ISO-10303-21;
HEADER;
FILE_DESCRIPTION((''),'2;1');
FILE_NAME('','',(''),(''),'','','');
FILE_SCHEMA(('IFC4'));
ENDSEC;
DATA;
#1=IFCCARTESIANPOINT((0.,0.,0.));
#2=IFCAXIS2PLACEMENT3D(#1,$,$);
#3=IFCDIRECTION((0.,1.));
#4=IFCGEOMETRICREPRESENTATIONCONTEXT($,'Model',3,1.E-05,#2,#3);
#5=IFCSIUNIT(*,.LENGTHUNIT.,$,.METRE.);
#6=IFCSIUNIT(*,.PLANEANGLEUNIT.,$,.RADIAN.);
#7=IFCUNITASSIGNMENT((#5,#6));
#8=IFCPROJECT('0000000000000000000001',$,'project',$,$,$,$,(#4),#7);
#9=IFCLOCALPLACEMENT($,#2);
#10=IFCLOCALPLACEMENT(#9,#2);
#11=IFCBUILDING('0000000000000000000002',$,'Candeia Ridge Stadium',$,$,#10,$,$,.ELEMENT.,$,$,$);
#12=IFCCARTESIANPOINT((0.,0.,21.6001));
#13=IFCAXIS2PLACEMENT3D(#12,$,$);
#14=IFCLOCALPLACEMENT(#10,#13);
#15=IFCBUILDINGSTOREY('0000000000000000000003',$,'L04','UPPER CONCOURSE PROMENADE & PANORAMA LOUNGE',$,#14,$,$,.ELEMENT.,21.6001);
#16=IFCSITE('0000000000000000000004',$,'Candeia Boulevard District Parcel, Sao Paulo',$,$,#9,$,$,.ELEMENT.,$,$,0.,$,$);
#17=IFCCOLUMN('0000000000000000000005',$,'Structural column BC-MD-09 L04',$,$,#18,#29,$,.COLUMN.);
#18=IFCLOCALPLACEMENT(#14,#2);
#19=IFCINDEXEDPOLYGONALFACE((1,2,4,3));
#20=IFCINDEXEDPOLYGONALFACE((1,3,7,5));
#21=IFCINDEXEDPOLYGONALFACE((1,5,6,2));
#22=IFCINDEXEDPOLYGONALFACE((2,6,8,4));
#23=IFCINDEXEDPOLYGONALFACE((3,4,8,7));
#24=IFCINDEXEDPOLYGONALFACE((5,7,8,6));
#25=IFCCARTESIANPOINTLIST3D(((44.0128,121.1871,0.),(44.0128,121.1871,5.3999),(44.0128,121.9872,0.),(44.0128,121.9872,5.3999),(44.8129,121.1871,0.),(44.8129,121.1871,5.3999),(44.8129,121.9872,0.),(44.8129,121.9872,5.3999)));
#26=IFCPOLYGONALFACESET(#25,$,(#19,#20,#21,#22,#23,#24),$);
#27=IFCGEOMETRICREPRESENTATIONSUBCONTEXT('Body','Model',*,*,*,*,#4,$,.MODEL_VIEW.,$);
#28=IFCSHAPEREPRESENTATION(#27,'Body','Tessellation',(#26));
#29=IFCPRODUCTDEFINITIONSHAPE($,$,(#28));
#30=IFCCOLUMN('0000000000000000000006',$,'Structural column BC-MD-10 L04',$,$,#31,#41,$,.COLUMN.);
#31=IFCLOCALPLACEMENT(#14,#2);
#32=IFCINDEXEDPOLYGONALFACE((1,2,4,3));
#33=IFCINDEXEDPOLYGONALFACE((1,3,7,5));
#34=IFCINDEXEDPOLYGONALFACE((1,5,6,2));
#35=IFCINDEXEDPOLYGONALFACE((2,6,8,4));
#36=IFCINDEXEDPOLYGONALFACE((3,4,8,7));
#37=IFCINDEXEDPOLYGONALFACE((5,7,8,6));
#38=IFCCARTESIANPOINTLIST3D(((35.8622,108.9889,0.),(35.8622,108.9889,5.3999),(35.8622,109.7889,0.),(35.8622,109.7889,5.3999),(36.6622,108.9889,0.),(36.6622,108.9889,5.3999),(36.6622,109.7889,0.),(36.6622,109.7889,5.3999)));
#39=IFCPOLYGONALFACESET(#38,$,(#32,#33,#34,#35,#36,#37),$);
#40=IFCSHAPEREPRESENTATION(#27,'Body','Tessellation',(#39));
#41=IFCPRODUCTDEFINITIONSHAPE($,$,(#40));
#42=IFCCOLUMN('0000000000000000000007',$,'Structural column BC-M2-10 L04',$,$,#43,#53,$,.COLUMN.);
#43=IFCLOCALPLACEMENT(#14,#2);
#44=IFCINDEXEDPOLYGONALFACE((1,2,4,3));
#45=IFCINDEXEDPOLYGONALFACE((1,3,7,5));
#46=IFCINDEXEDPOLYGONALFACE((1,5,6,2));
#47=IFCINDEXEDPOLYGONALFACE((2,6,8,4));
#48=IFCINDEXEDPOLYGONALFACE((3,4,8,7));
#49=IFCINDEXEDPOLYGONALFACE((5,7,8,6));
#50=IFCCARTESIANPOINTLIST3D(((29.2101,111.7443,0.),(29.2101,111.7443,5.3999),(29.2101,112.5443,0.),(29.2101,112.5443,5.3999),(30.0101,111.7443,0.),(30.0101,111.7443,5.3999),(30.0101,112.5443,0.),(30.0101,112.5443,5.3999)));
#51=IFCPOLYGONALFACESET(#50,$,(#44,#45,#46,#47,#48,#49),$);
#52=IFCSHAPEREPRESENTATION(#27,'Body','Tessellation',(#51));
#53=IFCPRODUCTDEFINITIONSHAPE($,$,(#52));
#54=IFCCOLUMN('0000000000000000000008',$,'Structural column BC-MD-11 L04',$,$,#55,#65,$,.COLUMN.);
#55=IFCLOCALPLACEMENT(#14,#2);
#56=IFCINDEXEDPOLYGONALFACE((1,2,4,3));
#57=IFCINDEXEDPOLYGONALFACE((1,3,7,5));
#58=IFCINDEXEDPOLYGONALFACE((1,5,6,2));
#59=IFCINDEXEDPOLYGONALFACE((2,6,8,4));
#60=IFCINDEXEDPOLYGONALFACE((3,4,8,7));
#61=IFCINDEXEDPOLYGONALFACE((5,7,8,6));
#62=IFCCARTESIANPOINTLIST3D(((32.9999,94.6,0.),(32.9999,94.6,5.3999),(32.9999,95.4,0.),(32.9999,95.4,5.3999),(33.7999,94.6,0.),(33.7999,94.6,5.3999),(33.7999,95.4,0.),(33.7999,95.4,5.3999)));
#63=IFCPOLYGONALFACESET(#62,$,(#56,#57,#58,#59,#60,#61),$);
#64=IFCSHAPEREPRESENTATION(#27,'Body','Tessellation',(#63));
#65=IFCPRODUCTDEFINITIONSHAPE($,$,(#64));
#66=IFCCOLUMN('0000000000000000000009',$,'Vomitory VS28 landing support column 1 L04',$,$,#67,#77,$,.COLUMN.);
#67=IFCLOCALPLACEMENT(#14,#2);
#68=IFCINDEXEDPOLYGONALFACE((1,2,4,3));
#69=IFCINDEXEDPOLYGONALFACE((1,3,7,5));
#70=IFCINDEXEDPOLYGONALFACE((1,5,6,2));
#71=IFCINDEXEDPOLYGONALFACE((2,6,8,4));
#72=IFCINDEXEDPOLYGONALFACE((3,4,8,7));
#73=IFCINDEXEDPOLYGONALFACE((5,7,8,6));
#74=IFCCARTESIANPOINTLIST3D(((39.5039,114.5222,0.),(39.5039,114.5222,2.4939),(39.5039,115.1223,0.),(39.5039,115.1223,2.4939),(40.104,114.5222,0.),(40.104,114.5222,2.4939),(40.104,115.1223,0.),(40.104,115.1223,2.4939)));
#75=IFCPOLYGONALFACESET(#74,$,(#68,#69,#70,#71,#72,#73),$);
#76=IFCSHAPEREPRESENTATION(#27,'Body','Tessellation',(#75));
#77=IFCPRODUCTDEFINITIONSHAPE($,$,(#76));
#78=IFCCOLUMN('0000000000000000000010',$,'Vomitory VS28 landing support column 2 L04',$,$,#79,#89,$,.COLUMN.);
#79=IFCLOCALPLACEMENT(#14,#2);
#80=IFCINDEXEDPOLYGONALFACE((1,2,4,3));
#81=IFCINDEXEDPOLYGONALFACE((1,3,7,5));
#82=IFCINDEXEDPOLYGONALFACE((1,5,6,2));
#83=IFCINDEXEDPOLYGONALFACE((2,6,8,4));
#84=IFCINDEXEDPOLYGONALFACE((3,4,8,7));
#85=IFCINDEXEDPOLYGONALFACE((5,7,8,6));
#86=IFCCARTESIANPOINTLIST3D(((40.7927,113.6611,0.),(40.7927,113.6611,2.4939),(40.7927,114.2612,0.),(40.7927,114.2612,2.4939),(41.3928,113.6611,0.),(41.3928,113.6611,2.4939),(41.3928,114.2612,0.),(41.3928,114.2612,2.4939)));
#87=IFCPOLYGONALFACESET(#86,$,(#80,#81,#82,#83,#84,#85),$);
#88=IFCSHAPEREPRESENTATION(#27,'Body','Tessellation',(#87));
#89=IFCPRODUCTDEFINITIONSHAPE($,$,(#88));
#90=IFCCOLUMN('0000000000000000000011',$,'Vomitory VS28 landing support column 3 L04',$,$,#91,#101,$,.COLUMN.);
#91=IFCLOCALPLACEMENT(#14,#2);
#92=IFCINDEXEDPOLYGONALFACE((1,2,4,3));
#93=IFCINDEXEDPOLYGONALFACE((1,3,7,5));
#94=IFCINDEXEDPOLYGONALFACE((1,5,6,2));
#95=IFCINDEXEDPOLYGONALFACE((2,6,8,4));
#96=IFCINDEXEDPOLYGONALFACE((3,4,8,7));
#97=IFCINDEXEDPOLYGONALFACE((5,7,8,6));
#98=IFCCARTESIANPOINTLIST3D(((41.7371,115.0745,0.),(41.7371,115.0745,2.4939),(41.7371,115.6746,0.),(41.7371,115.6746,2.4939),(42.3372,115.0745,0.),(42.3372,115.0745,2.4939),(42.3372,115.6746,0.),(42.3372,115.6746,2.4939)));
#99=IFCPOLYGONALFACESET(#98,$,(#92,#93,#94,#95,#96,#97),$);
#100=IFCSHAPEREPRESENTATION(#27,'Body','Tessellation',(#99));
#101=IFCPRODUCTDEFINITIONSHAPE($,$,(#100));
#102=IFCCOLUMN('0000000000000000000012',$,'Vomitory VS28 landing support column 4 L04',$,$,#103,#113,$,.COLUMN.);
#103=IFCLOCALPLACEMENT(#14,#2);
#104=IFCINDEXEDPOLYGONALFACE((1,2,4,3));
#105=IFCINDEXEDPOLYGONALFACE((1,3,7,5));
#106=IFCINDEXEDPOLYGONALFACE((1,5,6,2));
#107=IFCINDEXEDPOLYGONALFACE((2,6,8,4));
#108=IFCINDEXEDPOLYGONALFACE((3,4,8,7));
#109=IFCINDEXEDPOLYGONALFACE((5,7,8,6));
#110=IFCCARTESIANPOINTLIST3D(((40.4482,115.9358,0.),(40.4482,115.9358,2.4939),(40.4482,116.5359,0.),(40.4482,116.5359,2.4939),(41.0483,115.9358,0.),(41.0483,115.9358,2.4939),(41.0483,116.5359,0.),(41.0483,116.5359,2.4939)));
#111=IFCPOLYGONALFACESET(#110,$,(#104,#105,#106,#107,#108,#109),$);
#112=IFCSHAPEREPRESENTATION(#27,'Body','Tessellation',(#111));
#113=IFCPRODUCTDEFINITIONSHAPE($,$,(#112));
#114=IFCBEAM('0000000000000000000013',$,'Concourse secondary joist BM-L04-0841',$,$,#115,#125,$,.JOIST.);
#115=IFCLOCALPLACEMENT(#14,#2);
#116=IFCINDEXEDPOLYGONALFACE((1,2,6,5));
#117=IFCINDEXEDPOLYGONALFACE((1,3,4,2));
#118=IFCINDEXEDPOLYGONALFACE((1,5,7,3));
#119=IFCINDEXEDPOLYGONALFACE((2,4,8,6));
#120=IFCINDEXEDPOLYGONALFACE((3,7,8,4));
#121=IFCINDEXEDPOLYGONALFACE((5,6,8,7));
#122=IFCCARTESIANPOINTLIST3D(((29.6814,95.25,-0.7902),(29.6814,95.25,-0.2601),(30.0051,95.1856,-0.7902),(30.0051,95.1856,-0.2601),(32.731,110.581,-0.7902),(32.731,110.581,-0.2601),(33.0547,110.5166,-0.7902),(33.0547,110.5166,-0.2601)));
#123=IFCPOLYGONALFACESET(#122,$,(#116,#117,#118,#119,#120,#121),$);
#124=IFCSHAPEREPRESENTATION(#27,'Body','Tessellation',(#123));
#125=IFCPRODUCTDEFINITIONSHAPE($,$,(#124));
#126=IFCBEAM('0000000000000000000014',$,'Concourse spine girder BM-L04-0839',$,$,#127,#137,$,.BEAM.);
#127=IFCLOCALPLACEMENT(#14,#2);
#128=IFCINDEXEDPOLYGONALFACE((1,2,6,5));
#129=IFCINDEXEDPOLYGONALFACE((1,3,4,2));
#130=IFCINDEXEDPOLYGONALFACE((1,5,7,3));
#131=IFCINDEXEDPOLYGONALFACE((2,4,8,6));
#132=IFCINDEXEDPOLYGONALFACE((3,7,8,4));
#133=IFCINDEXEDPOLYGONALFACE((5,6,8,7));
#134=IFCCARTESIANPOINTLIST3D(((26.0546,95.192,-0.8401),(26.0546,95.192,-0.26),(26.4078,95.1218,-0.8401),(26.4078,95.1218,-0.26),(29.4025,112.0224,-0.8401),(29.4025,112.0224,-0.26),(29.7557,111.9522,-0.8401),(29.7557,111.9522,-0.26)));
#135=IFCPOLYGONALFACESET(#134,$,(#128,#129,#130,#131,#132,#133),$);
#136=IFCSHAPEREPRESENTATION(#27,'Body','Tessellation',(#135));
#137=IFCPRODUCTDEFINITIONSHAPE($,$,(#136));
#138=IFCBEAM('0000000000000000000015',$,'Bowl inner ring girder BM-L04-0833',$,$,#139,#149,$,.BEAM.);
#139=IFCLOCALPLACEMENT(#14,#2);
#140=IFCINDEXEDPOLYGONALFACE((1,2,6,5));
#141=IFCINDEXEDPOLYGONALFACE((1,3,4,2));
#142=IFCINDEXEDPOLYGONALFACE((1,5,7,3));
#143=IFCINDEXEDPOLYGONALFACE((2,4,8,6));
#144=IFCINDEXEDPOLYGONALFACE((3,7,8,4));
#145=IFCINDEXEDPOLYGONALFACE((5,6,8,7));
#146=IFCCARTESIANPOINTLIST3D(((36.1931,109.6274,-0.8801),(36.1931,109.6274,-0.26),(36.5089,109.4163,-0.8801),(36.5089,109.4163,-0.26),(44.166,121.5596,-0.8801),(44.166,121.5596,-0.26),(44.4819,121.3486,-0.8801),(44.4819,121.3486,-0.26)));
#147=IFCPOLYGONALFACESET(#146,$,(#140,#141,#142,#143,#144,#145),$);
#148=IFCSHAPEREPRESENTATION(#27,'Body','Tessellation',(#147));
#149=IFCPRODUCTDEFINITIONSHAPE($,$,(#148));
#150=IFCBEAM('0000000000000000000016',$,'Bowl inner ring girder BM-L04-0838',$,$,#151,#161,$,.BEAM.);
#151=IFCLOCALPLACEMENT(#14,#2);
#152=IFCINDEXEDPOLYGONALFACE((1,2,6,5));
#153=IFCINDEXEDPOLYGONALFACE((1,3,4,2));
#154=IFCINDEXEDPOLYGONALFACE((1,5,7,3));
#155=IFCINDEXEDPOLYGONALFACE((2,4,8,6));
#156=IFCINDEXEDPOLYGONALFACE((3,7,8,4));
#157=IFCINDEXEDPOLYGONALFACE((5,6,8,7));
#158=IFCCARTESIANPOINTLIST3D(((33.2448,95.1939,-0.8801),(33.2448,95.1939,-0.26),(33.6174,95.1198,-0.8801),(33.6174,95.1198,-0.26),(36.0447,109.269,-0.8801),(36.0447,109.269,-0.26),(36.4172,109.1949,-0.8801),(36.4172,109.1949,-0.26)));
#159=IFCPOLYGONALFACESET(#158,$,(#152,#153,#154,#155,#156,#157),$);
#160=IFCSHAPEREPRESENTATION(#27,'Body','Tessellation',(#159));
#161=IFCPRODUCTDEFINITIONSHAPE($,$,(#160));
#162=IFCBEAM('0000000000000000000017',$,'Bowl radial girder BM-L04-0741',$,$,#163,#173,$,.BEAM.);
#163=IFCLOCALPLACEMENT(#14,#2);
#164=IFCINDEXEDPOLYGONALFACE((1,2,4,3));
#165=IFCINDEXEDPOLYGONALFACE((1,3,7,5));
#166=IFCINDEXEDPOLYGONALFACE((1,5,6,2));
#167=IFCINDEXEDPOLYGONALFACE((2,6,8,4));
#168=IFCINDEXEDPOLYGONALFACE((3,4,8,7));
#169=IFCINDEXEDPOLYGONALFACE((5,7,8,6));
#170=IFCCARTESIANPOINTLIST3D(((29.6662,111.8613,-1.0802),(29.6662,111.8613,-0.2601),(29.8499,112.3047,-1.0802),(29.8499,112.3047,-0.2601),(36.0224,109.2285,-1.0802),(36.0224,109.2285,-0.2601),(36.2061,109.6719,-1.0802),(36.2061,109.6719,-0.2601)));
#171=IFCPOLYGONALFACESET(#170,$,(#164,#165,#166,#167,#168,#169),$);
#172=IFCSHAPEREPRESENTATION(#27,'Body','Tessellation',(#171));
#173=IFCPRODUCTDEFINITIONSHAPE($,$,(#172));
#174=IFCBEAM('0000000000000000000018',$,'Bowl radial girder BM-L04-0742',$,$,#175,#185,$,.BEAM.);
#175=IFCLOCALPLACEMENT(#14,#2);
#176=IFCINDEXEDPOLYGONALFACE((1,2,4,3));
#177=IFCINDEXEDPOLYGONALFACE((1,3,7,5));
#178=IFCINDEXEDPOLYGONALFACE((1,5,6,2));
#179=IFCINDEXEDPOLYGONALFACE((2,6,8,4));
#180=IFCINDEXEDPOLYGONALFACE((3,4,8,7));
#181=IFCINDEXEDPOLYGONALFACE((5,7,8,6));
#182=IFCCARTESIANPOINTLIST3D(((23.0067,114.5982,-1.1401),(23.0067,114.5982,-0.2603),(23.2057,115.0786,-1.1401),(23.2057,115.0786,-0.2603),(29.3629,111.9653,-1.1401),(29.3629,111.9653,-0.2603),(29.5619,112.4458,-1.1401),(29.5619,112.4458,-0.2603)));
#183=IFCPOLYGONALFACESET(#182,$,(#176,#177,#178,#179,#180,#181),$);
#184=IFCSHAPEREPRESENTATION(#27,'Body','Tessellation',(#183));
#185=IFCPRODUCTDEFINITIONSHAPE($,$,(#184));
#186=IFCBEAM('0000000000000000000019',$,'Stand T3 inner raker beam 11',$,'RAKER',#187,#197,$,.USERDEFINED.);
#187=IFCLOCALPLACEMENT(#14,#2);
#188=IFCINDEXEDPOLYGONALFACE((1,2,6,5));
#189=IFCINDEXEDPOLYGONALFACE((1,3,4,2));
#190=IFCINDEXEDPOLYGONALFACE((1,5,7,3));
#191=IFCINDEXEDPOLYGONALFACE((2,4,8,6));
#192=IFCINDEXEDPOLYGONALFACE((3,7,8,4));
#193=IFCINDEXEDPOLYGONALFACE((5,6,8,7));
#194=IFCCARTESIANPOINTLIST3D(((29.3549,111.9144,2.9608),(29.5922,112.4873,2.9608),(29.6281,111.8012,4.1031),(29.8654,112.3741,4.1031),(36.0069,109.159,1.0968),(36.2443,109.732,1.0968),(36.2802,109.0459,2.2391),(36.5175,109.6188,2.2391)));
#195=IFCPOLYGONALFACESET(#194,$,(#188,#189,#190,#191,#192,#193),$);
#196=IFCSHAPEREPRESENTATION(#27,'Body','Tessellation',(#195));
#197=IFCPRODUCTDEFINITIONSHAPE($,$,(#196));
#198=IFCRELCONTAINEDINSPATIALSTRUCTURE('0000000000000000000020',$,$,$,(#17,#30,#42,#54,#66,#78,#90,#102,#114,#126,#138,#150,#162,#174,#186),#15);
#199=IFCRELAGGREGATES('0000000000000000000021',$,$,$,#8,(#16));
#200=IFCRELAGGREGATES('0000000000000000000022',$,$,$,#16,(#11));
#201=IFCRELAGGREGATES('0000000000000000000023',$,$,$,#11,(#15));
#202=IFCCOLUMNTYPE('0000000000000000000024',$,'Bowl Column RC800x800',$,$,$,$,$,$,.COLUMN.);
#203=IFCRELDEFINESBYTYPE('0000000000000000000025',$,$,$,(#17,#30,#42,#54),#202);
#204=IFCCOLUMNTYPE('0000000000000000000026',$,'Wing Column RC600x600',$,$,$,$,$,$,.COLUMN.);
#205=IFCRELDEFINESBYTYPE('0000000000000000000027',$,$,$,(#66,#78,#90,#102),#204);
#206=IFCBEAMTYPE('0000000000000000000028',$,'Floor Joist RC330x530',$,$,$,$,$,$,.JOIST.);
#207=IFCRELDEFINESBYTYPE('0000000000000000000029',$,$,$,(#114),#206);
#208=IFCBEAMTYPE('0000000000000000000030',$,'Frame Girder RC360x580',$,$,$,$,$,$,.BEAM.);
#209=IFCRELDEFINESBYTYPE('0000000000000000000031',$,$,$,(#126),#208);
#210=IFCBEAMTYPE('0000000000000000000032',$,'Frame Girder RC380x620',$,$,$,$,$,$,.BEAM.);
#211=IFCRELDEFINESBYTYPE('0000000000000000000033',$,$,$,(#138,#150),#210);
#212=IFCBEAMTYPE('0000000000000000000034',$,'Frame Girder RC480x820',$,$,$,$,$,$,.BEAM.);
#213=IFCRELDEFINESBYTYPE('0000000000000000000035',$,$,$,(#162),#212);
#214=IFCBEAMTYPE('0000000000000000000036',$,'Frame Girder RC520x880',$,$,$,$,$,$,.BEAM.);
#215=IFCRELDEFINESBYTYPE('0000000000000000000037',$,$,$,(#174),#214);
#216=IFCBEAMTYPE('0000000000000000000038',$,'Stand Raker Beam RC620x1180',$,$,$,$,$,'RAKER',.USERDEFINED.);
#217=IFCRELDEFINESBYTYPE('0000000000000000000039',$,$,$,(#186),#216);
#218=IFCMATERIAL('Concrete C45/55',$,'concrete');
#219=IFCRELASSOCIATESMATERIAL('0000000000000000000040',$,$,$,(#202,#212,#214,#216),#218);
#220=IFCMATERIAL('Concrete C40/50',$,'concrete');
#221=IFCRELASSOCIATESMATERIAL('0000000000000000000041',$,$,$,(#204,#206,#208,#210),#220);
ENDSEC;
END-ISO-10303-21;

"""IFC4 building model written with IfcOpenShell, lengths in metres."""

from ifc_helpers import new_model, si_unit, direction, frame, origin, origin_2d, place, context, subcontext, project, spatial, rectangle, extrude, material, material_profile, profile_set, type_object, element, save


model = new_model("IFC4")

# Units and contexts
model_context = context("Model", 3, precision=1e-05, world=origin(), true_north=direction((0.0, 1.0)))
body_context = subcontext(model_context, "Body", "Model", "MODEL_VIEW")
ifc_project = project(units=[si_unit("LENGTHUNIT", "METRE"), si_unit("PLANEANGLEUNIT", "RADIAN")], contexts=[model_context])

# Site, building, storey
site_placement = place(None, origin())
site = spatial("IfcSite", under=ifc_project, at=site_placement, Name="Candeia Boulevard District Parcel, Sao Paulo", CompositionType="ELEMENT", RefElevation=0.0)
building_placement = place(site_placement, origin())
building = spatial("IfcBuilding", under=site, at=building_placement, Name="Candeia Ridge Stadium", CompositionType="ELEMENT")
storey_placement = place(building_placement, frame((0.0, 0.0, 21.6001)))
storey = spatial("IfcBuildingStorey", under=building, at=storey_placement, Name="L04", Description="UPPER CONCOURSE PROMENADE & PANORAMA LOUNGE", CompositionType="ELEMENT", Elevation=21.6001)

# Columns
ifc_material_1 = material(Name="Concrete C45/55", Category="concrete")
ifc_material_profile_1 = material_profile(ifc_material_1, rectangle(XDim=0.8, YDim=0.8, at=origin_2d()), Name="RC800x800", Category="concrete")
ifc_profile_set_1 = profile_set([ifc_material_profile_1], Name="Concrete C45/55")
column_type_1 = type_object("IfcColumnType", Name="Bowl Column RC800x800", PredefinedType="COLUMN", material=ifc_profile_set_1)
for number, where, z_axis, x_axis, name in (
    (1, (44.4128, 121.5872, 0.0), (0.0, 0.0, 1.0), (1.0, 0.0, 0.0), "Structural column BC-MD-09 L04"),
    (2, (36.2622, 109.3889, 0.0), (0.0, 0.0, 1.0), (1.0, 0.0, 0.0), "Structural column BC-MD-10 L04"),
    (3, (29.6101, 112.1443, 0.0), (0.0, 0.0, 1.0), (1.0, 0.0, 0.0), "Structural column BC-M2-10 L04"),
    (4, (33.3999, 95.0, 0.0), (0.0, 0.0, 1.0), (1.0, 0.0, 0.0), "Structural column BC-MD-11 L04"),
):
    element("IfcColumn", number, at=place(storey_placement, frame(where, z_axis=z_axis, x_axis=x_axis)), inside=storey, type_object=column_type_1, Name=name, PredefinedType="COLUMN", context=body_context, shape_type="SweptSolid", body=[
        extrude(rectangle(XDim=0.8, YDim=0.8, at=origin_2d()), origin(), (0.0, 0.0, 1.0), 5.3999),
    ])
ifc_material_2 = material(Name="Concrete C40/50", Category="concrete")
ifc_material_profile_2 = material_profile(ifc_material_2, rectangle(XDim=0.6001, YDim=0.6001, at=origin_2d()), Name="RC600x600", Category="concrete")
ifc_profile_set_2 = profile_set([ifc_material_profile_2], Name="Concrete C40/50")
column_type_2 = type_object("IfcColumnType", Name="Wing Column RC600x600", PredefinedType="COLUMN", material=ifc_profile_set_2)
for number, where, z_axis, x_axis, name in (
    (5, (39.804, 114.8223, 0.0), (0.0, 0.0, 1.0), (1.0, 0.0, 0.0), "Vomitory VS28 landing support column 1 L04"),
    (6, (41.0928, 113.9612, 0.0), (0.0, 0.0, 1.0), (1.0, 0.0, 0.0), "Vomitory VS28 landing support column 2 L04"),
    (7, (42.0371, 115.3745, 0.0), (0.0, 0.0, 1.0), (1.0, 0.0, 0.0), "Vomitory VS28 landing support column 3 L04"),
    (8, (40.7483, 116.2358, 0.0), (0.0, 0.0, 1.0), (1.0, 0.0, 0.0), "Vomitory VS28 landing support column 4 L04"),
):
    element("IfcColumn", number, at=place(storey_placement, frame(where, z_axis=z_axis, x_axis=x_axis)), inside=storey, type_object=column_type_2, Name=name, PredefinedType="COLUMN", context=body_context, shape_type="SweptSolid", body=[
        extrude(rectangle(XDim=0.6001, YDim=0.6001, at=origin_2d()), origin(), (0.0, 0.0, 1.0), 2.4939),
    ])

# Beams
ifc_material_profile_3 = material_profile(ifc_material_2, rectangle(XDim=0.3301, YDim=0.53, at=origin_2d()), Name="RC330x530", Category="concrete")
ifc_profile_set_3 = profile_set([ifc_material_profile_3], Name="Concrete C40/50")
beam_type_1 = type_object("IfcBeamType", Name="Floor Joist RC330x530", PredefinedType="JOIST", material=ifc_profile_set_3)
beam_1_placement = place(storey_placement, frame((32.8928, 110.5488, -0.5251), z_axis=(-0.195092, -0.980785, 0.0), x_axis=(0.980785, -0.195092, 0.0)))
element("IfcBeam", 9, at=beam_1_placement, inside=storey, type_object=beam_type_1, Name="Concourse secondary joist BM-L04-0841", PredefinedType="JOIST", context=body_context, shape_type="SweptSolid", body=[
    extrude(rectangle(XDim=0.3301, YDim=0.53, at=origin_2d()), origin(), (0.0, 0.0, 1.0), 15.6313),
])
ifc_material_profile_4 = material_profile(ifc_material_2, rectangle(XDim=0.3601, YDim=0.5801, at=origin_2d()), Name="RC360x580", Category="concrete")
ifc_profile_set_4 = profile_set([ifc_material_profile_4], Name="Concrete C40/50")
beam_type_2 = type_object("IfcBeamType", Name="Frame Girder RC360x580", PredefinedType="BEAM", material=ifc_profile_set_4)
beam_2_placement = place(storey_placement, frame((29.5791, 111.9873, -0.55), z_axis=(-0.195098, -0.980784, 0.0), x_axis=(0.980784, -0.195098, 0.0)))
element("IfcBeam", 10, at=beam_2_placement, inside=storey, type_object=beam_type_2, Name="Concourse spine girder BM-L04-0839", PredefinedType="BEAM", context=body_context, shape_type="SweptSolid", body=[
    extrude(rectangle(XDim=0.3601, YDim=0.5801, at=origin_2d()), origin(), (0.0, 0.0, 1.0), 17.1602),
])
ifc_material_profile_5 = material_profile(ifc_material_2, rectangle(XDim=0.3799, YDim=0.6201, at=origin_2d()), Name="RC380x620", Category="concrete")
ifc_profile_set_5 = profile_set([ifc_material_profile_5], Name="Concrete C40/50")
beam_type_3 = type_object("IfcBeamType", Name="Frame Girder RC380x620", PredefinedType="BEAM", material=ifc_profile_set_5)
for number, where, z_axis, x_axis, name in (
    (11, (44.324, 121.4541, -0.5701), (-0.555575, -0.831466, 0.0), (0.831466, -0.555575, 0.0), "Bowl inner ring girder BM-L04-0833"),
    (12, (36.231, 109.2319, -0.5701), (-0.195099, -0.980784, 0.0), (0.980784, -0.195099, 0.0), "Bowl inner ring girder BM-L04-0838"),
):
    element("IfcBeam", number, at=place(storey_placement, frame(where, z_axis=z_axis, x_axis=x_axis)), inside=storey, type_object=beam_type_3, Name=name, PredefinedType="BEAM", context=body_context, shape_type="SweptSolid", body=[
        extrude(rectangle(XDim=0.3799, YDim=0.6201, at=origin_2d()), origin(), (0.0, 0.0, 1.0), 14.3508),
    ])
ifc_material_profile_6 = material_profile(ifc_material_1, rectangle(XDim=0.48, YDim=0.8201, at=origin_2d()), Name="RC480x820", Category="concrete")
ifc_profile_set_6 = profile_set([ifc_material_profile_6], Name="Concrete C45/55")
beam_type_4 = type_object("IfcBeamType", Name="Frame Girder RC480x820", PredefinedType="BEAM", material=ifc_profile_set_6)
beam_3_placement = place(storey_placement, frame((36.1143, 109.4502, -0.6702), z_axis=(-0.92388, 0.382682, 0.0), x_axis=(-0.382682, -0.92388, 0.0)))
element("IfcBeam", 13, at=beam_3_placement, inside=storey, type_object=beam_type_4, Name="Bowl radial girder BM-L04-0741", PredefinedType="BEAM", context=body_context, shape_type="SweptSolid", body=[
    extrude(rectangle(XDim=0.48, YDim=0.8201, at=origin_2d()), origin(), (0.0, 0.0, 1.0), 6.8799),
])
ifc_material_profile_7 = material_profile(ifc_material_1, rectangle(XDim=0.52, YDim=0.8799, at=origin_2d()), Name="RC520x880", Category="concrete")
ifc_profile_set_7 = profile_set([ifc_material_profile_7], Name="Concrete C45/55")
beam_type_5 = type_object("IfcBeamType", Name="Frame Girder RC520x880", PredefinedType="BEAM", material=ifc_profile_set_7)
beam_4_placement = place(storey_placement, frame((29.4624, 112.2056, -0.7002), z_axis=(-0.92388, 0.382682, 0.0), x_axis=(-0.382682, -0.92388, 0.0)))
element("IfcBeam", 14, at=beam_4_placement, inside=storey, type_object=beam_type_5, Name="Bowl radial girder BM-L04-0742", PredefinedType="BEAM", context=body_context, shape_type="SweptSolid", body=[
    extrude(rectangle(XDim=0.52, YDim=0.8799, at=origin_2d()), origin(), (0.0, 0.0, 1.0), 6.8799),
])
ifc_material_profile_8 = material_profile(ifc_material_1, rectangle(XDim=0.6201, YDim=1.1799, at=origin_2d()), Name="RC620x1180", Category="concrete")
ifc_profile_set_8 = profile_set([ifc_material_profile_8], Name="Concrete C45/55")
beam_type_6 = type_object("IfcBeamType", Name="Stand Raker Beam RC620x1180", ElementType="RAKER", PredefinedType="USERDEFINED", material=ifc_profile_set_8)
for number, where, z_axis, x_axis, name in (
    (15, (36.2622, 109.3889, 1.668), (-0.894395, 0.370468, 0.250622), (-0.382681, -0.92388, 0.0), "Stand T3 inner raker beam 11"),
):
    element("IfcBeam", number, at=place(storey_placement, frame(where, z_axis=z_axis, x_axis=x_axis)), inside=storey, type_object=beam_type_6, Name=name, ObjectType="RAKER", PredefinedType="USERDEFINED", context=body_context, shape_type="SweptSolid", body=[
        extrude(rectangle(XDim=0.6201, YDim=1.1799, at=origin_2d()), origin(), (0.0, 0.0, 1.0), 7.4375),
    ])

save(model, "model.ifc")
